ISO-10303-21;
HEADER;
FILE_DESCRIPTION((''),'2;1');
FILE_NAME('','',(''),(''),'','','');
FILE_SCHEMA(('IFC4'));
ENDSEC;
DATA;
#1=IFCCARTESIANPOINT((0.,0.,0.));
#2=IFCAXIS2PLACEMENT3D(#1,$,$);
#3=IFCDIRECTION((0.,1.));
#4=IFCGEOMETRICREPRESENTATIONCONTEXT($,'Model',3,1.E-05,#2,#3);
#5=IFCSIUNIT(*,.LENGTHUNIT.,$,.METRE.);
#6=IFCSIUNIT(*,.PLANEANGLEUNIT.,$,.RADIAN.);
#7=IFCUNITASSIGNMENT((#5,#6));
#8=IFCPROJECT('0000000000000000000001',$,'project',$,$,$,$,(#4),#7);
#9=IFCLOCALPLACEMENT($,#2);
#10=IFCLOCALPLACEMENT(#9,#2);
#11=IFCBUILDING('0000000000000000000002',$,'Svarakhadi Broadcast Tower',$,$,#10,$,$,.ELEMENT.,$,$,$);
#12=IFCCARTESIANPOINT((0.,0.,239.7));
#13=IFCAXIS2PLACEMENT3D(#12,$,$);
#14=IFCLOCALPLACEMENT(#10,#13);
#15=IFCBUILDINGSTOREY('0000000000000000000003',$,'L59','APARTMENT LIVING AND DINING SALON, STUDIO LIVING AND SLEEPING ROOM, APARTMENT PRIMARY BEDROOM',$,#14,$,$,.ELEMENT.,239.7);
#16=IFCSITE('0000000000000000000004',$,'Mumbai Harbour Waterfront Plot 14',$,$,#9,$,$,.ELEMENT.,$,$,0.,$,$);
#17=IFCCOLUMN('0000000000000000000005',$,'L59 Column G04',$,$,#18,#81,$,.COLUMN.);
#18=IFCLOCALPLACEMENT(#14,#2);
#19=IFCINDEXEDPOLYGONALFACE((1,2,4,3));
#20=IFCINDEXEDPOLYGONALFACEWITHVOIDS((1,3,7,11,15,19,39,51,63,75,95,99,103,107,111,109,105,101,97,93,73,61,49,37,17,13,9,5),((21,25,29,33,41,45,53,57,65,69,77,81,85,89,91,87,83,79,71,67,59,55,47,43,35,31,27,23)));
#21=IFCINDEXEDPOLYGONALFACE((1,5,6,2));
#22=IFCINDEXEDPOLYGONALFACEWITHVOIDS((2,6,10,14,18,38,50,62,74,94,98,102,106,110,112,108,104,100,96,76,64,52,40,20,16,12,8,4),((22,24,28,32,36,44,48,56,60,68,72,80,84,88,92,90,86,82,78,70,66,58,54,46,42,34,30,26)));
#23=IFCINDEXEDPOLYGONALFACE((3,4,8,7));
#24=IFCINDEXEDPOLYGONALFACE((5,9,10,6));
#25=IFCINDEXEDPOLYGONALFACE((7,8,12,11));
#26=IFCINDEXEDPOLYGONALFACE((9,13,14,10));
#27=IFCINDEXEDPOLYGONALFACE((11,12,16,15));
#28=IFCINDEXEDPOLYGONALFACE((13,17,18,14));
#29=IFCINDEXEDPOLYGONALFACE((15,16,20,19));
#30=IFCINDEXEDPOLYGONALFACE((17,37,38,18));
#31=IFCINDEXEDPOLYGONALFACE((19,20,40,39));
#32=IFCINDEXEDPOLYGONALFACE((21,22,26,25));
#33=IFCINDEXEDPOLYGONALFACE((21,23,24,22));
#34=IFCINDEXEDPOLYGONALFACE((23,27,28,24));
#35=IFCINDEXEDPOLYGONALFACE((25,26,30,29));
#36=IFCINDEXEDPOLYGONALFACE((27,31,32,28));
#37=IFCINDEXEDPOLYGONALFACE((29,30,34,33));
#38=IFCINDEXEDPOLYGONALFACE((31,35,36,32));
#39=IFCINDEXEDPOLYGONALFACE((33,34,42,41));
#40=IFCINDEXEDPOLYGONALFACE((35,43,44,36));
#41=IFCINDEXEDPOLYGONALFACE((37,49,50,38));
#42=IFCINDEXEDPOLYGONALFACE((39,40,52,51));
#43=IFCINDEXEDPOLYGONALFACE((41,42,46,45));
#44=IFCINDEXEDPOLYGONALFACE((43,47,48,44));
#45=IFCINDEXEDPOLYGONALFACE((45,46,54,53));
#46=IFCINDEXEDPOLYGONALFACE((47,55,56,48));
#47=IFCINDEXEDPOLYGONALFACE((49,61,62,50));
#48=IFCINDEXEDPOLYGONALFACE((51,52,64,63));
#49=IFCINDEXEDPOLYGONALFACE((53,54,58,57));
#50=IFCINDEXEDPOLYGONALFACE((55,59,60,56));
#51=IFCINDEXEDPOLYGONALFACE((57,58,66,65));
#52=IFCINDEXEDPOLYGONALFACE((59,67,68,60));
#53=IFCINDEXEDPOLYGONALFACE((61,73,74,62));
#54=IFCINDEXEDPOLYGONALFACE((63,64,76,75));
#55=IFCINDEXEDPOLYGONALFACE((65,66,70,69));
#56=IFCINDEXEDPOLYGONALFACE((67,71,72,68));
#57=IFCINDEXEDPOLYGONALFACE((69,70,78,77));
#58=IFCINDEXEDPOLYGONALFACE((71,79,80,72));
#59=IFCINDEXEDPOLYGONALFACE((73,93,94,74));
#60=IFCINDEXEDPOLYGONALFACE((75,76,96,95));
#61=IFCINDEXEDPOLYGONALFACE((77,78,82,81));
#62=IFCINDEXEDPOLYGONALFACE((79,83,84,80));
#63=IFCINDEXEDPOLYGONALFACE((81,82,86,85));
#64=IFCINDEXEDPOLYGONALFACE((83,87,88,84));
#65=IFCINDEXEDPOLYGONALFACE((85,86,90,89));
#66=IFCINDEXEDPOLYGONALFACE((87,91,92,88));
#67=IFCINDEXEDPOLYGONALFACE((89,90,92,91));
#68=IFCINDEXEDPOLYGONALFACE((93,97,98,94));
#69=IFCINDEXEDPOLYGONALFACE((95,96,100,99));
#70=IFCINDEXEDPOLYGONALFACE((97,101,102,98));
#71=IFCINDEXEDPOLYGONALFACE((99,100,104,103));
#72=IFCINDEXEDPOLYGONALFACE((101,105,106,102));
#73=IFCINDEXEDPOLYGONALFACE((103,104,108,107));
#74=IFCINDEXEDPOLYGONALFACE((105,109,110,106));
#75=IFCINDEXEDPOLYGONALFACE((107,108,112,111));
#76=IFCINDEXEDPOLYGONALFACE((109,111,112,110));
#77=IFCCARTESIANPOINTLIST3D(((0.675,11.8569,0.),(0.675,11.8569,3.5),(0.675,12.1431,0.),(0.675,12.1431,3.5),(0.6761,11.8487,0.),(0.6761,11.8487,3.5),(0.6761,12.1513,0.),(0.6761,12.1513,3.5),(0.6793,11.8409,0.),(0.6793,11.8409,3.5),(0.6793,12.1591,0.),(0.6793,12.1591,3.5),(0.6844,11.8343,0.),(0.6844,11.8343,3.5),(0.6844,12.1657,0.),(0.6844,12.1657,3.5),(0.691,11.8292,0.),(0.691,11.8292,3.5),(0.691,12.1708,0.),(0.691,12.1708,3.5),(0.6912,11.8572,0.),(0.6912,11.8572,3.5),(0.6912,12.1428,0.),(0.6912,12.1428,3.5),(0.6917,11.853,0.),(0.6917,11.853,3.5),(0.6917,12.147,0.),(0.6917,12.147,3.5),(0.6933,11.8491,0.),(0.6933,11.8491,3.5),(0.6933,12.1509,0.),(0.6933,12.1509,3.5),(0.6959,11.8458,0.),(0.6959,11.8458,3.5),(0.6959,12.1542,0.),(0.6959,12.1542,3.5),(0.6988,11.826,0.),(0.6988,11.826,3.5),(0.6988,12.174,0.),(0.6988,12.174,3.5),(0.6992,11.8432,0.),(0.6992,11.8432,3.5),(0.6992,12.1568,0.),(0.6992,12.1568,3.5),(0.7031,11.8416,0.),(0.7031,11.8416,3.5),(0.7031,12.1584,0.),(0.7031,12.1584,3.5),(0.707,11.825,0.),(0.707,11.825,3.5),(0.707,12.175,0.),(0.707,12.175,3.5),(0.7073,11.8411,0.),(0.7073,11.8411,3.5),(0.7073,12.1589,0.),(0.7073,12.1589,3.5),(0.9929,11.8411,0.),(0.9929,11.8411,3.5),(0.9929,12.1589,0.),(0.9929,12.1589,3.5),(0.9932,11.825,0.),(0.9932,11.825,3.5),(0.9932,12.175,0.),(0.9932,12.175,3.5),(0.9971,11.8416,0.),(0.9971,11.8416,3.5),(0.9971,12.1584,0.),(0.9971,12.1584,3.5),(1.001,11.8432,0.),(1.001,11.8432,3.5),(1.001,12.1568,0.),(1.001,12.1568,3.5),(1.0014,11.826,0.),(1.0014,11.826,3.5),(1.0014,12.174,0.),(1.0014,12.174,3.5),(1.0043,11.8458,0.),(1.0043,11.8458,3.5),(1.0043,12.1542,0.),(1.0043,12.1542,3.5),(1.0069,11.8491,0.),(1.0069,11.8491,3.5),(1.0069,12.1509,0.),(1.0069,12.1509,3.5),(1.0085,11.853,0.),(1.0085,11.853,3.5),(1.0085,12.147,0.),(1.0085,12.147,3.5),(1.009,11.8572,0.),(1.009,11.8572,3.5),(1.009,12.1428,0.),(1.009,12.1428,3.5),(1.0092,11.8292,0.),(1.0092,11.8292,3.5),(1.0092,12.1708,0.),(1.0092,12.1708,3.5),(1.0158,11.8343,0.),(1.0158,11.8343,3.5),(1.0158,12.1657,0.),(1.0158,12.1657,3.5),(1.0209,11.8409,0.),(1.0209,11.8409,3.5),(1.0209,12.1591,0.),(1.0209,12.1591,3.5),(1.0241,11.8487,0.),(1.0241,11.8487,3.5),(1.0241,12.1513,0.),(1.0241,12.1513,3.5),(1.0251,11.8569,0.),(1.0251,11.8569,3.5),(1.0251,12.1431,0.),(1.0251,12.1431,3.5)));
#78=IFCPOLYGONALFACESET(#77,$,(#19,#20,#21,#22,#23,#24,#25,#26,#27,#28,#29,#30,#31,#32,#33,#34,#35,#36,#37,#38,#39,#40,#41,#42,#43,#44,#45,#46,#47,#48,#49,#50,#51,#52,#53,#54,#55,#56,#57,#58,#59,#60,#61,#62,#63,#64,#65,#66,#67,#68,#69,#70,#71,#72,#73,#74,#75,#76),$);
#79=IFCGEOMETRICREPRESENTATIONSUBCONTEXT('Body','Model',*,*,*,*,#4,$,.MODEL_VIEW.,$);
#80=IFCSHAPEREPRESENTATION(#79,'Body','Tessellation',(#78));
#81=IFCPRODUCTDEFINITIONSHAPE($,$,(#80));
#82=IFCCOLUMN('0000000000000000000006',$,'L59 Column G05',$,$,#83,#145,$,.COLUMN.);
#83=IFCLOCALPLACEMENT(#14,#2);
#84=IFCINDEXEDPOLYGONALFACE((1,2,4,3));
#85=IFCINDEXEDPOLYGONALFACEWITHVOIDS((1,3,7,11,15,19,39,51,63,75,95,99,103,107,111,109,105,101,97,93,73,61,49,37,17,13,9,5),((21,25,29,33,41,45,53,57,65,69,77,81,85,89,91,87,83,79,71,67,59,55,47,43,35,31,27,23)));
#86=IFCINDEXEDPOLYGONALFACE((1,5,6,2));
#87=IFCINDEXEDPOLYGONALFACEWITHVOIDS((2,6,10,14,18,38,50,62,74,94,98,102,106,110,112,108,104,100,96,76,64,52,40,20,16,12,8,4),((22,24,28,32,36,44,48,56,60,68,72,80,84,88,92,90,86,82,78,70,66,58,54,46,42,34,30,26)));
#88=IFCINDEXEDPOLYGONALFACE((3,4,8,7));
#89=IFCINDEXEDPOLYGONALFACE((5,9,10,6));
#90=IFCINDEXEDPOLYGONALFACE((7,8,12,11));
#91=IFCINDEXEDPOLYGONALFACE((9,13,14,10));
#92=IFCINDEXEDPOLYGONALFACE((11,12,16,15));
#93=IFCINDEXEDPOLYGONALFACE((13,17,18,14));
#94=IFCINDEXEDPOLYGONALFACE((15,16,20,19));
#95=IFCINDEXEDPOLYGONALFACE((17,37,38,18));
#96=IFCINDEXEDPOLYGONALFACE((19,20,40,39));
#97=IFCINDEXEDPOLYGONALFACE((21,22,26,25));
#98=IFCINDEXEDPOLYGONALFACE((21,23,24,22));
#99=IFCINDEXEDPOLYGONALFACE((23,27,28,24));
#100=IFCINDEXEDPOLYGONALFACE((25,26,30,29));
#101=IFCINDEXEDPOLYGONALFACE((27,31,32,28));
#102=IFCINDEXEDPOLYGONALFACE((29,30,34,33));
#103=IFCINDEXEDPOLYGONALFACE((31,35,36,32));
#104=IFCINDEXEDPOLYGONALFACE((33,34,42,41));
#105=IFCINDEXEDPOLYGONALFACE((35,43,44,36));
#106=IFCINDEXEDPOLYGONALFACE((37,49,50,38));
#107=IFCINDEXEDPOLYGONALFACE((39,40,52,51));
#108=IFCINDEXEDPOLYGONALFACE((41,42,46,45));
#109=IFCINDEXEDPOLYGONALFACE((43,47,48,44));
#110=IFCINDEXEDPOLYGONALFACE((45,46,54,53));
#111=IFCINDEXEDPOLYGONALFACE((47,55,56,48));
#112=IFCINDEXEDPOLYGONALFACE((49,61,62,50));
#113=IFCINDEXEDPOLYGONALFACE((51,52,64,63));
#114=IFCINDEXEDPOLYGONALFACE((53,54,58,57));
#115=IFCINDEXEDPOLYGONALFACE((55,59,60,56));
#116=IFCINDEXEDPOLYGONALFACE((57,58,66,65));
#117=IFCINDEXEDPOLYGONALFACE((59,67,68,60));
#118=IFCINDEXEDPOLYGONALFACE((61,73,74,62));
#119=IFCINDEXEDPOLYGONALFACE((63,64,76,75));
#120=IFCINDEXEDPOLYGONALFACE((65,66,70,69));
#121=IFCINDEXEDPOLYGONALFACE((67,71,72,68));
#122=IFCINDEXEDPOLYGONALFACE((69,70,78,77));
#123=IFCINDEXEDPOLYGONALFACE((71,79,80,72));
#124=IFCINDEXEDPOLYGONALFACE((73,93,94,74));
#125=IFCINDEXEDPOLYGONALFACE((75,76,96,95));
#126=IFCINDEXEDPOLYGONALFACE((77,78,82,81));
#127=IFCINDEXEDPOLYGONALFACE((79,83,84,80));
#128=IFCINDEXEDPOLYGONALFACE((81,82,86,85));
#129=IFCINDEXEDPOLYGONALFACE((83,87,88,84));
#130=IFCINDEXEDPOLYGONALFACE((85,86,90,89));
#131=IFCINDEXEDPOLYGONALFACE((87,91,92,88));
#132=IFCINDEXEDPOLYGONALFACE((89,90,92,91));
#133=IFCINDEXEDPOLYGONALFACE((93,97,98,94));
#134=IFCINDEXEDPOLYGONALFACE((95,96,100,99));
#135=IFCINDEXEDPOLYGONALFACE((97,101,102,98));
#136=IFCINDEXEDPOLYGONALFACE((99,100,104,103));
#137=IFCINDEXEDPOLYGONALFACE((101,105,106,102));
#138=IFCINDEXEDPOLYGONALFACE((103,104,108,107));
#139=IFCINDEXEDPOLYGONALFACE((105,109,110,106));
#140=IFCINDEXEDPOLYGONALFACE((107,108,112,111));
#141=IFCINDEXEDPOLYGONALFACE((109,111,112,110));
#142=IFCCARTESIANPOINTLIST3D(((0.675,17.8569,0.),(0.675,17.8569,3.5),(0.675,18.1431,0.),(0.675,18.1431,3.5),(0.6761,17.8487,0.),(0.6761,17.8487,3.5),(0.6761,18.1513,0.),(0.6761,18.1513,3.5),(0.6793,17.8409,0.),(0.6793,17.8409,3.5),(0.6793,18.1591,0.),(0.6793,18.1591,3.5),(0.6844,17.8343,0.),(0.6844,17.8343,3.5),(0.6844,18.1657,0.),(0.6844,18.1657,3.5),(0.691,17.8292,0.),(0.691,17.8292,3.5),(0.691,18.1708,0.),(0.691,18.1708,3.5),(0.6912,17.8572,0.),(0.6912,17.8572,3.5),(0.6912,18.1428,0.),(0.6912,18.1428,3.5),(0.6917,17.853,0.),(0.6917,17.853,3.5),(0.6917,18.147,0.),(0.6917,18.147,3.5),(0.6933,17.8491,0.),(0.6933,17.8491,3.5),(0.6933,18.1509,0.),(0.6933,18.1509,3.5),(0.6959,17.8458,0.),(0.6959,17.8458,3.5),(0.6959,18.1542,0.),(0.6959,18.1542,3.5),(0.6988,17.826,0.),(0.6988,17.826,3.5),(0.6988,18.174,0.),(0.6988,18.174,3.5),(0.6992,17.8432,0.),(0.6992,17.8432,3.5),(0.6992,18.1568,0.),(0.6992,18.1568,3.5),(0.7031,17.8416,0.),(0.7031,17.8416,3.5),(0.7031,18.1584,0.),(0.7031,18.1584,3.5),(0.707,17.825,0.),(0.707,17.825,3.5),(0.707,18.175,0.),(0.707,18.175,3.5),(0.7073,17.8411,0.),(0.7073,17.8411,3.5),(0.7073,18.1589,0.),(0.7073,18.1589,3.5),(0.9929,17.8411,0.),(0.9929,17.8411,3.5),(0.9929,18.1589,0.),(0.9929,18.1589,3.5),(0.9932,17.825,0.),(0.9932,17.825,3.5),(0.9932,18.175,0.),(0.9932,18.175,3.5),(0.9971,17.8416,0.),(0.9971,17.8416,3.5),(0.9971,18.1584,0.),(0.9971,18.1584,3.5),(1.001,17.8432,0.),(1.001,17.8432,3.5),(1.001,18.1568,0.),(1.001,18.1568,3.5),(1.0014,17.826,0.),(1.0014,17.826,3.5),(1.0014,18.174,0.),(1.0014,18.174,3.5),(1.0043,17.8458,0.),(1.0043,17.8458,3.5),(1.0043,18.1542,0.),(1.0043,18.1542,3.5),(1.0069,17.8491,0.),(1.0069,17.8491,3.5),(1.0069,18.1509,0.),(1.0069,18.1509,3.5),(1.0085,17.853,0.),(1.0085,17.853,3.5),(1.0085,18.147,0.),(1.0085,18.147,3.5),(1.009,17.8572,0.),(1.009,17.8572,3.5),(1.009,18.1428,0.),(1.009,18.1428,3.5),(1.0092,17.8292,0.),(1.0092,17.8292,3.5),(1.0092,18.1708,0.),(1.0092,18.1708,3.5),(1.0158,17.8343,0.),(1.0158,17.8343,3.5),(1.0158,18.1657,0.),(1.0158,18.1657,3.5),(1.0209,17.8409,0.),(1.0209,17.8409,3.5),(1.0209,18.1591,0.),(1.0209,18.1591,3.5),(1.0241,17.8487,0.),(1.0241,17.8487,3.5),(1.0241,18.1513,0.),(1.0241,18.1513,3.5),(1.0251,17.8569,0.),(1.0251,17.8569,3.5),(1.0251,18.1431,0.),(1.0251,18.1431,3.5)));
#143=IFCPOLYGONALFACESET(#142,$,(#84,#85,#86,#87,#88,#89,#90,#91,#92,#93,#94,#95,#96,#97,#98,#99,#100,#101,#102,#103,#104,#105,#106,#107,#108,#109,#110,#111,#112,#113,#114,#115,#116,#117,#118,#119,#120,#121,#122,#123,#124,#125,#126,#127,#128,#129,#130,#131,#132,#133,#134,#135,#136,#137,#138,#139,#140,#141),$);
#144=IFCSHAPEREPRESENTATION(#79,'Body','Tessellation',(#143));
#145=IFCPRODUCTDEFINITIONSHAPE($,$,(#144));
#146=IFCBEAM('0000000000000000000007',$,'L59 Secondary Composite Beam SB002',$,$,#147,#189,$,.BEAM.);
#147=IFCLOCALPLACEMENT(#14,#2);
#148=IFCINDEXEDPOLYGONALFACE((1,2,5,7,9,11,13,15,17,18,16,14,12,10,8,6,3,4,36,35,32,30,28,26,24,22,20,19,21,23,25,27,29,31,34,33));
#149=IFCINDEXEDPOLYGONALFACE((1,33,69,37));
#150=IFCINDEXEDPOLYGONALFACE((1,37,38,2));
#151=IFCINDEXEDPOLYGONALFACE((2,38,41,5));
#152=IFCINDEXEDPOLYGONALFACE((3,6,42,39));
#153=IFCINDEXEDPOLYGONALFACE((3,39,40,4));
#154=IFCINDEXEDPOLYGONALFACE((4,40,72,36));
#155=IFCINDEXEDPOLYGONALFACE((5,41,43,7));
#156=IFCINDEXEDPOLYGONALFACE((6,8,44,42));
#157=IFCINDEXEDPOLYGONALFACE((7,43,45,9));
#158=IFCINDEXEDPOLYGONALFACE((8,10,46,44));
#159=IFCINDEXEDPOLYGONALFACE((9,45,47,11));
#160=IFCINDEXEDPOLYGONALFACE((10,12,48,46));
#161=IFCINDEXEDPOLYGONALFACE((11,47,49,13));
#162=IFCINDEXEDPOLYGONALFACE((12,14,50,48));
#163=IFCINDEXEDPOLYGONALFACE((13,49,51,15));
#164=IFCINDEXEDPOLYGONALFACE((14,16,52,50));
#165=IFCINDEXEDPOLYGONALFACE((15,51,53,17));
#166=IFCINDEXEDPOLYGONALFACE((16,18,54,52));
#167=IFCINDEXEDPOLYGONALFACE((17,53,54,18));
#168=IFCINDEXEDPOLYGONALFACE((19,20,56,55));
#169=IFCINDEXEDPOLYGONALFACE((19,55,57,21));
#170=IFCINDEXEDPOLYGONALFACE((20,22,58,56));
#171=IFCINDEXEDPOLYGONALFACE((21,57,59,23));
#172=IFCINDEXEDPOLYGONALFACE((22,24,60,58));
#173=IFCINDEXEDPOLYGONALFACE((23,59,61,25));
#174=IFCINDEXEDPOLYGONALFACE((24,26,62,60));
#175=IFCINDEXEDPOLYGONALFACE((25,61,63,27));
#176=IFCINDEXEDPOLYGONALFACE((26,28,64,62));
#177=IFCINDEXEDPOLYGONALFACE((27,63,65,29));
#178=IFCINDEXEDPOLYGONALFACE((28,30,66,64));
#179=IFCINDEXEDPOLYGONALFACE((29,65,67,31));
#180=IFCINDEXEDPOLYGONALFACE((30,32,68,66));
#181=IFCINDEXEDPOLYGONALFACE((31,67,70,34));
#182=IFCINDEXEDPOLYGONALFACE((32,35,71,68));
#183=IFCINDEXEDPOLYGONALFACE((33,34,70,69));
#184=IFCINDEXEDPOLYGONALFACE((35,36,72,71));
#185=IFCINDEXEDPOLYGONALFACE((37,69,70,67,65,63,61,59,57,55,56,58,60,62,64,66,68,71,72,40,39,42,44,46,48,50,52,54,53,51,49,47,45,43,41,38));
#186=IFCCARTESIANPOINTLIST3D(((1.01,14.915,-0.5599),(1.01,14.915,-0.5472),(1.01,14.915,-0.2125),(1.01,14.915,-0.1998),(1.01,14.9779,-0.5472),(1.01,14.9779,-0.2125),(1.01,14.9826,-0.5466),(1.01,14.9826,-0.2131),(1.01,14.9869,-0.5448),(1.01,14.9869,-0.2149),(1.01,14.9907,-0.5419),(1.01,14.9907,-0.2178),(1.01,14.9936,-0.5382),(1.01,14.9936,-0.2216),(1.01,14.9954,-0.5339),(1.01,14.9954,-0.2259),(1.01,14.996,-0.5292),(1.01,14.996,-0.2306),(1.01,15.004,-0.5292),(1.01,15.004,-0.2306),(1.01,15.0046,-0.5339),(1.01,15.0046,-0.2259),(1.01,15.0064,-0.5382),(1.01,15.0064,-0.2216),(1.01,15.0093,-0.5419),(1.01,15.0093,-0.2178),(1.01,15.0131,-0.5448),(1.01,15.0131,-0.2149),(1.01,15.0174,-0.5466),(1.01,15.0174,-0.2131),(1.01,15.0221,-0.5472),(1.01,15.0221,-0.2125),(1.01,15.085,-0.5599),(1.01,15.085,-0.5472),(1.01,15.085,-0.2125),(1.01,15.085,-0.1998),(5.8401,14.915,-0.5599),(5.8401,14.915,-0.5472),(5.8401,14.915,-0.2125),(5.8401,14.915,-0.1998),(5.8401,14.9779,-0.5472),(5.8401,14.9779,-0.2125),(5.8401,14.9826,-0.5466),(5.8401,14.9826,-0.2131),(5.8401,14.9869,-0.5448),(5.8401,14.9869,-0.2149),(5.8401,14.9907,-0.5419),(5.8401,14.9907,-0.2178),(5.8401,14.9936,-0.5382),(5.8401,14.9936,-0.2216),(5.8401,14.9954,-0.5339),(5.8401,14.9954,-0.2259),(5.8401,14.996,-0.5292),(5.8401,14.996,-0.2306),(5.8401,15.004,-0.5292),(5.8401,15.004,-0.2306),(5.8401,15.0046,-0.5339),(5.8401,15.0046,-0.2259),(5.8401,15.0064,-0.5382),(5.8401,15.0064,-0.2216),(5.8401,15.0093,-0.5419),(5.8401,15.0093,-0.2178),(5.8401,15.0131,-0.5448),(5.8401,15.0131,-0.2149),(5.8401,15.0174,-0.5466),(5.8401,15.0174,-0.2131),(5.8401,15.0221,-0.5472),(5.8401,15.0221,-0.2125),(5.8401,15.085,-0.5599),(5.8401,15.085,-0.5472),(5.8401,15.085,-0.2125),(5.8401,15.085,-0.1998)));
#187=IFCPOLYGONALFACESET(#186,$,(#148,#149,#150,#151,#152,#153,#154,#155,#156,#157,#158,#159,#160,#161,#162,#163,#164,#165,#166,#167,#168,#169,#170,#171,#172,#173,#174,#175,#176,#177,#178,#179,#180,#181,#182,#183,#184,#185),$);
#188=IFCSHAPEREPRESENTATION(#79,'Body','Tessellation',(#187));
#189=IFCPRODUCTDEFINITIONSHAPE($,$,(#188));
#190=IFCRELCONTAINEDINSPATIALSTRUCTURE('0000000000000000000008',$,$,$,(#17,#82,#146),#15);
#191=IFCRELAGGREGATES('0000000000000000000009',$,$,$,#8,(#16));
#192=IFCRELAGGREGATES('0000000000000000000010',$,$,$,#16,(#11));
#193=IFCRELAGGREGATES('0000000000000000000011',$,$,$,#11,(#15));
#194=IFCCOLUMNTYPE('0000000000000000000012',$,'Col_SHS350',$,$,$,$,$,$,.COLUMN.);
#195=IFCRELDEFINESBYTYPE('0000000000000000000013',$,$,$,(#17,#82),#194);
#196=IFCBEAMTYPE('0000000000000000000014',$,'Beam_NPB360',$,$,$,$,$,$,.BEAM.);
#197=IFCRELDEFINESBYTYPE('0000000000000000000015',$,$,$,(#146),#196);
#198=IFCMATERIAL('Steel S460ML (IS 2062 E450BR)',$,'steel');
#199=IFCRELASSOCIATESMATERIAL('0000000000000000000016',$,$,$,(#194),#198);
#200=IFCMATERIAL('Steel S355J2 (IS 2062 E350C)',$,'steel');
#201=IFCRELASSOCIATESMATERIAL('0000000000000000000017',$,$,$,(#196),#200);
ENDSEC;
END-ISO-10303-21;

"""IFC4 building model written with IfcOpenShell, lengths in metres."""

from ifc_helpers import new_model, si_unit, direction, frame, origin, origin_2d, place, context, subcontext, project, spatial, hollow_rectangle, i_section, extrude, material, material_profile, profile_set, type_object, element, save


model = new_model("IFC4")

# Units and contexts
model_context = context("Model", 3, precision=1e-05, world=origin(), true_north=direction((0.0, 1.0)))
body_context = subcontext(model_context, "Body", "Model", "MODEL_VIEW")
ifc_project = project(units=[si_unit("LENGTHUNIT", "METRE"), si_unit("PLANEANGLEUNIT", "RADIAN")], contexts=[model_context])

# Site, building, storey
site_placement = place(None, origin())
site = spatial("IfcSite", under=ifc_project, at=site_placement, Name="Mumbai Harbour Waterfront Plot 14", CompositionType="ELEMENT", RefElevation=0.0)
building_placement = place(site_placement, origin())
building = spatial("IfcBuilding", under=site, at=building_placement, Name="Svarakhadi Broadcast Tower", CompositionType="ELEMENT")
storey_placement = place(building_placement, frame((0.0, 0.0, 239.7)))
storey = spatial("IfcBuildingStorey", under=building, at=storey_placement, Name="L59", Description="APARTMENT LIVING AND DINING SALON, STUDIO LIVING AND SLEEPING ROOM, APARTMENT PRIMARY BEDROOM", CompositionType="ELEMENT", Elevation=239.7)

# Columns
ifc_material_1 = material(Name="Steel S460ML (IS 2062 E450BR)", Category="steel")
ifc_material_profile_1 = material_profile(ifc_material_1, hollow_rectangle(XDim=0.3501, YDim=0.3501, WallThickness=0.0161, InnerFilletRadius=0.0161, OuterFilletRadius=0.032, at=origin_2d()), Name="SHS 350x350x16")
ifc_profile_set_1 = profile_set([ifc_material_profile_1], Name="Steel S460ML (IS 2062 E450BR)")
column_type = type_object("IfcColumnType", Name="Col_SHS350", PredefinedType="COLUMN", material=ifc_profile_set_1)
for number, where, z_axis, x_axis, name in (
    (1, (0.8501, 12.0, 0.0), (0.0, 0.0, 1.0), (1.0, 0.0, 0.0), "L59 Column G04"),
    (2, (0.8501, 18.0, 0.0), (0.0, 0.0, 1.0), (1.0, 0.0, 0.0), "L59 Column G05"),
):
    element("IfcColumn", number, at=place(storey_placement, frame(where, z_axis=z_axis, x_axis=x_axis)), inside=storey, type_object=column_type, Name=name, PredefinedType="COLUMN", context=body_context, shape_type="SweptSolid", body=[
        extrude(hollow_rectangle(XDim=0.3501, YDim=0.3501, WallThickness=0.0161, InnerFilletRadius=0.0161, OuterFilletRadius=0.032, at=origin_2d()), origin(), (0.0, 0.0, 1.0), 3.5),
    ])

# Beam
ifc_material_2 = material(Name="Steel S355J2 (IS 2062 E350C)", Category="steel")
ifc_material_profile_2 = material_profile(ifc_material_2, i_section(OverallWidth=0.1699, OverallDepth=0.3601, WebThickness=0.0081, FlangeThickness=0.0127, FilletRadius=0.0181, at=origin_2d()), Name="NPB 360x170x57")
ifc_profile_set_2 = profile_set([ifc_material_profile_2], Name="Steel S355J2 (IS 2062 E350C)")
beam_type_1 = type_object("IfcBeamType", Name="Beam_NPB360", PredefinedType="BEAM", material=ifc_profile_set_2)
for number, where, z_axis, x_axis, name in (
    (3, (1.01, 15.0, -0.3799), (1.0, 0.0, 0.0), (0.0, 1.0, 0.0), "L59 Secondary Composite Beam SB002"),
):
    element("IfcBeam", number, at=place(storey_placement, frame(where, z_axis=z_axis, x_axis=x_axis)), inside=storey, type_object=beam_type_1, Name=name, PredefinedType="BEAM", context=body_context, shape_type="SweptSolid", body=[
        extrude(i_section(OverallWidth=0.1699, OverallDepth=0.3601, WebThickness=0.0081, FlangeThickness=0.0127, FilletRadius=0.0181, at=origin_2d()), origin(), (0.0, 0.0, 1.0), 4.8301),
    ])

save(model, "model.ifc")
